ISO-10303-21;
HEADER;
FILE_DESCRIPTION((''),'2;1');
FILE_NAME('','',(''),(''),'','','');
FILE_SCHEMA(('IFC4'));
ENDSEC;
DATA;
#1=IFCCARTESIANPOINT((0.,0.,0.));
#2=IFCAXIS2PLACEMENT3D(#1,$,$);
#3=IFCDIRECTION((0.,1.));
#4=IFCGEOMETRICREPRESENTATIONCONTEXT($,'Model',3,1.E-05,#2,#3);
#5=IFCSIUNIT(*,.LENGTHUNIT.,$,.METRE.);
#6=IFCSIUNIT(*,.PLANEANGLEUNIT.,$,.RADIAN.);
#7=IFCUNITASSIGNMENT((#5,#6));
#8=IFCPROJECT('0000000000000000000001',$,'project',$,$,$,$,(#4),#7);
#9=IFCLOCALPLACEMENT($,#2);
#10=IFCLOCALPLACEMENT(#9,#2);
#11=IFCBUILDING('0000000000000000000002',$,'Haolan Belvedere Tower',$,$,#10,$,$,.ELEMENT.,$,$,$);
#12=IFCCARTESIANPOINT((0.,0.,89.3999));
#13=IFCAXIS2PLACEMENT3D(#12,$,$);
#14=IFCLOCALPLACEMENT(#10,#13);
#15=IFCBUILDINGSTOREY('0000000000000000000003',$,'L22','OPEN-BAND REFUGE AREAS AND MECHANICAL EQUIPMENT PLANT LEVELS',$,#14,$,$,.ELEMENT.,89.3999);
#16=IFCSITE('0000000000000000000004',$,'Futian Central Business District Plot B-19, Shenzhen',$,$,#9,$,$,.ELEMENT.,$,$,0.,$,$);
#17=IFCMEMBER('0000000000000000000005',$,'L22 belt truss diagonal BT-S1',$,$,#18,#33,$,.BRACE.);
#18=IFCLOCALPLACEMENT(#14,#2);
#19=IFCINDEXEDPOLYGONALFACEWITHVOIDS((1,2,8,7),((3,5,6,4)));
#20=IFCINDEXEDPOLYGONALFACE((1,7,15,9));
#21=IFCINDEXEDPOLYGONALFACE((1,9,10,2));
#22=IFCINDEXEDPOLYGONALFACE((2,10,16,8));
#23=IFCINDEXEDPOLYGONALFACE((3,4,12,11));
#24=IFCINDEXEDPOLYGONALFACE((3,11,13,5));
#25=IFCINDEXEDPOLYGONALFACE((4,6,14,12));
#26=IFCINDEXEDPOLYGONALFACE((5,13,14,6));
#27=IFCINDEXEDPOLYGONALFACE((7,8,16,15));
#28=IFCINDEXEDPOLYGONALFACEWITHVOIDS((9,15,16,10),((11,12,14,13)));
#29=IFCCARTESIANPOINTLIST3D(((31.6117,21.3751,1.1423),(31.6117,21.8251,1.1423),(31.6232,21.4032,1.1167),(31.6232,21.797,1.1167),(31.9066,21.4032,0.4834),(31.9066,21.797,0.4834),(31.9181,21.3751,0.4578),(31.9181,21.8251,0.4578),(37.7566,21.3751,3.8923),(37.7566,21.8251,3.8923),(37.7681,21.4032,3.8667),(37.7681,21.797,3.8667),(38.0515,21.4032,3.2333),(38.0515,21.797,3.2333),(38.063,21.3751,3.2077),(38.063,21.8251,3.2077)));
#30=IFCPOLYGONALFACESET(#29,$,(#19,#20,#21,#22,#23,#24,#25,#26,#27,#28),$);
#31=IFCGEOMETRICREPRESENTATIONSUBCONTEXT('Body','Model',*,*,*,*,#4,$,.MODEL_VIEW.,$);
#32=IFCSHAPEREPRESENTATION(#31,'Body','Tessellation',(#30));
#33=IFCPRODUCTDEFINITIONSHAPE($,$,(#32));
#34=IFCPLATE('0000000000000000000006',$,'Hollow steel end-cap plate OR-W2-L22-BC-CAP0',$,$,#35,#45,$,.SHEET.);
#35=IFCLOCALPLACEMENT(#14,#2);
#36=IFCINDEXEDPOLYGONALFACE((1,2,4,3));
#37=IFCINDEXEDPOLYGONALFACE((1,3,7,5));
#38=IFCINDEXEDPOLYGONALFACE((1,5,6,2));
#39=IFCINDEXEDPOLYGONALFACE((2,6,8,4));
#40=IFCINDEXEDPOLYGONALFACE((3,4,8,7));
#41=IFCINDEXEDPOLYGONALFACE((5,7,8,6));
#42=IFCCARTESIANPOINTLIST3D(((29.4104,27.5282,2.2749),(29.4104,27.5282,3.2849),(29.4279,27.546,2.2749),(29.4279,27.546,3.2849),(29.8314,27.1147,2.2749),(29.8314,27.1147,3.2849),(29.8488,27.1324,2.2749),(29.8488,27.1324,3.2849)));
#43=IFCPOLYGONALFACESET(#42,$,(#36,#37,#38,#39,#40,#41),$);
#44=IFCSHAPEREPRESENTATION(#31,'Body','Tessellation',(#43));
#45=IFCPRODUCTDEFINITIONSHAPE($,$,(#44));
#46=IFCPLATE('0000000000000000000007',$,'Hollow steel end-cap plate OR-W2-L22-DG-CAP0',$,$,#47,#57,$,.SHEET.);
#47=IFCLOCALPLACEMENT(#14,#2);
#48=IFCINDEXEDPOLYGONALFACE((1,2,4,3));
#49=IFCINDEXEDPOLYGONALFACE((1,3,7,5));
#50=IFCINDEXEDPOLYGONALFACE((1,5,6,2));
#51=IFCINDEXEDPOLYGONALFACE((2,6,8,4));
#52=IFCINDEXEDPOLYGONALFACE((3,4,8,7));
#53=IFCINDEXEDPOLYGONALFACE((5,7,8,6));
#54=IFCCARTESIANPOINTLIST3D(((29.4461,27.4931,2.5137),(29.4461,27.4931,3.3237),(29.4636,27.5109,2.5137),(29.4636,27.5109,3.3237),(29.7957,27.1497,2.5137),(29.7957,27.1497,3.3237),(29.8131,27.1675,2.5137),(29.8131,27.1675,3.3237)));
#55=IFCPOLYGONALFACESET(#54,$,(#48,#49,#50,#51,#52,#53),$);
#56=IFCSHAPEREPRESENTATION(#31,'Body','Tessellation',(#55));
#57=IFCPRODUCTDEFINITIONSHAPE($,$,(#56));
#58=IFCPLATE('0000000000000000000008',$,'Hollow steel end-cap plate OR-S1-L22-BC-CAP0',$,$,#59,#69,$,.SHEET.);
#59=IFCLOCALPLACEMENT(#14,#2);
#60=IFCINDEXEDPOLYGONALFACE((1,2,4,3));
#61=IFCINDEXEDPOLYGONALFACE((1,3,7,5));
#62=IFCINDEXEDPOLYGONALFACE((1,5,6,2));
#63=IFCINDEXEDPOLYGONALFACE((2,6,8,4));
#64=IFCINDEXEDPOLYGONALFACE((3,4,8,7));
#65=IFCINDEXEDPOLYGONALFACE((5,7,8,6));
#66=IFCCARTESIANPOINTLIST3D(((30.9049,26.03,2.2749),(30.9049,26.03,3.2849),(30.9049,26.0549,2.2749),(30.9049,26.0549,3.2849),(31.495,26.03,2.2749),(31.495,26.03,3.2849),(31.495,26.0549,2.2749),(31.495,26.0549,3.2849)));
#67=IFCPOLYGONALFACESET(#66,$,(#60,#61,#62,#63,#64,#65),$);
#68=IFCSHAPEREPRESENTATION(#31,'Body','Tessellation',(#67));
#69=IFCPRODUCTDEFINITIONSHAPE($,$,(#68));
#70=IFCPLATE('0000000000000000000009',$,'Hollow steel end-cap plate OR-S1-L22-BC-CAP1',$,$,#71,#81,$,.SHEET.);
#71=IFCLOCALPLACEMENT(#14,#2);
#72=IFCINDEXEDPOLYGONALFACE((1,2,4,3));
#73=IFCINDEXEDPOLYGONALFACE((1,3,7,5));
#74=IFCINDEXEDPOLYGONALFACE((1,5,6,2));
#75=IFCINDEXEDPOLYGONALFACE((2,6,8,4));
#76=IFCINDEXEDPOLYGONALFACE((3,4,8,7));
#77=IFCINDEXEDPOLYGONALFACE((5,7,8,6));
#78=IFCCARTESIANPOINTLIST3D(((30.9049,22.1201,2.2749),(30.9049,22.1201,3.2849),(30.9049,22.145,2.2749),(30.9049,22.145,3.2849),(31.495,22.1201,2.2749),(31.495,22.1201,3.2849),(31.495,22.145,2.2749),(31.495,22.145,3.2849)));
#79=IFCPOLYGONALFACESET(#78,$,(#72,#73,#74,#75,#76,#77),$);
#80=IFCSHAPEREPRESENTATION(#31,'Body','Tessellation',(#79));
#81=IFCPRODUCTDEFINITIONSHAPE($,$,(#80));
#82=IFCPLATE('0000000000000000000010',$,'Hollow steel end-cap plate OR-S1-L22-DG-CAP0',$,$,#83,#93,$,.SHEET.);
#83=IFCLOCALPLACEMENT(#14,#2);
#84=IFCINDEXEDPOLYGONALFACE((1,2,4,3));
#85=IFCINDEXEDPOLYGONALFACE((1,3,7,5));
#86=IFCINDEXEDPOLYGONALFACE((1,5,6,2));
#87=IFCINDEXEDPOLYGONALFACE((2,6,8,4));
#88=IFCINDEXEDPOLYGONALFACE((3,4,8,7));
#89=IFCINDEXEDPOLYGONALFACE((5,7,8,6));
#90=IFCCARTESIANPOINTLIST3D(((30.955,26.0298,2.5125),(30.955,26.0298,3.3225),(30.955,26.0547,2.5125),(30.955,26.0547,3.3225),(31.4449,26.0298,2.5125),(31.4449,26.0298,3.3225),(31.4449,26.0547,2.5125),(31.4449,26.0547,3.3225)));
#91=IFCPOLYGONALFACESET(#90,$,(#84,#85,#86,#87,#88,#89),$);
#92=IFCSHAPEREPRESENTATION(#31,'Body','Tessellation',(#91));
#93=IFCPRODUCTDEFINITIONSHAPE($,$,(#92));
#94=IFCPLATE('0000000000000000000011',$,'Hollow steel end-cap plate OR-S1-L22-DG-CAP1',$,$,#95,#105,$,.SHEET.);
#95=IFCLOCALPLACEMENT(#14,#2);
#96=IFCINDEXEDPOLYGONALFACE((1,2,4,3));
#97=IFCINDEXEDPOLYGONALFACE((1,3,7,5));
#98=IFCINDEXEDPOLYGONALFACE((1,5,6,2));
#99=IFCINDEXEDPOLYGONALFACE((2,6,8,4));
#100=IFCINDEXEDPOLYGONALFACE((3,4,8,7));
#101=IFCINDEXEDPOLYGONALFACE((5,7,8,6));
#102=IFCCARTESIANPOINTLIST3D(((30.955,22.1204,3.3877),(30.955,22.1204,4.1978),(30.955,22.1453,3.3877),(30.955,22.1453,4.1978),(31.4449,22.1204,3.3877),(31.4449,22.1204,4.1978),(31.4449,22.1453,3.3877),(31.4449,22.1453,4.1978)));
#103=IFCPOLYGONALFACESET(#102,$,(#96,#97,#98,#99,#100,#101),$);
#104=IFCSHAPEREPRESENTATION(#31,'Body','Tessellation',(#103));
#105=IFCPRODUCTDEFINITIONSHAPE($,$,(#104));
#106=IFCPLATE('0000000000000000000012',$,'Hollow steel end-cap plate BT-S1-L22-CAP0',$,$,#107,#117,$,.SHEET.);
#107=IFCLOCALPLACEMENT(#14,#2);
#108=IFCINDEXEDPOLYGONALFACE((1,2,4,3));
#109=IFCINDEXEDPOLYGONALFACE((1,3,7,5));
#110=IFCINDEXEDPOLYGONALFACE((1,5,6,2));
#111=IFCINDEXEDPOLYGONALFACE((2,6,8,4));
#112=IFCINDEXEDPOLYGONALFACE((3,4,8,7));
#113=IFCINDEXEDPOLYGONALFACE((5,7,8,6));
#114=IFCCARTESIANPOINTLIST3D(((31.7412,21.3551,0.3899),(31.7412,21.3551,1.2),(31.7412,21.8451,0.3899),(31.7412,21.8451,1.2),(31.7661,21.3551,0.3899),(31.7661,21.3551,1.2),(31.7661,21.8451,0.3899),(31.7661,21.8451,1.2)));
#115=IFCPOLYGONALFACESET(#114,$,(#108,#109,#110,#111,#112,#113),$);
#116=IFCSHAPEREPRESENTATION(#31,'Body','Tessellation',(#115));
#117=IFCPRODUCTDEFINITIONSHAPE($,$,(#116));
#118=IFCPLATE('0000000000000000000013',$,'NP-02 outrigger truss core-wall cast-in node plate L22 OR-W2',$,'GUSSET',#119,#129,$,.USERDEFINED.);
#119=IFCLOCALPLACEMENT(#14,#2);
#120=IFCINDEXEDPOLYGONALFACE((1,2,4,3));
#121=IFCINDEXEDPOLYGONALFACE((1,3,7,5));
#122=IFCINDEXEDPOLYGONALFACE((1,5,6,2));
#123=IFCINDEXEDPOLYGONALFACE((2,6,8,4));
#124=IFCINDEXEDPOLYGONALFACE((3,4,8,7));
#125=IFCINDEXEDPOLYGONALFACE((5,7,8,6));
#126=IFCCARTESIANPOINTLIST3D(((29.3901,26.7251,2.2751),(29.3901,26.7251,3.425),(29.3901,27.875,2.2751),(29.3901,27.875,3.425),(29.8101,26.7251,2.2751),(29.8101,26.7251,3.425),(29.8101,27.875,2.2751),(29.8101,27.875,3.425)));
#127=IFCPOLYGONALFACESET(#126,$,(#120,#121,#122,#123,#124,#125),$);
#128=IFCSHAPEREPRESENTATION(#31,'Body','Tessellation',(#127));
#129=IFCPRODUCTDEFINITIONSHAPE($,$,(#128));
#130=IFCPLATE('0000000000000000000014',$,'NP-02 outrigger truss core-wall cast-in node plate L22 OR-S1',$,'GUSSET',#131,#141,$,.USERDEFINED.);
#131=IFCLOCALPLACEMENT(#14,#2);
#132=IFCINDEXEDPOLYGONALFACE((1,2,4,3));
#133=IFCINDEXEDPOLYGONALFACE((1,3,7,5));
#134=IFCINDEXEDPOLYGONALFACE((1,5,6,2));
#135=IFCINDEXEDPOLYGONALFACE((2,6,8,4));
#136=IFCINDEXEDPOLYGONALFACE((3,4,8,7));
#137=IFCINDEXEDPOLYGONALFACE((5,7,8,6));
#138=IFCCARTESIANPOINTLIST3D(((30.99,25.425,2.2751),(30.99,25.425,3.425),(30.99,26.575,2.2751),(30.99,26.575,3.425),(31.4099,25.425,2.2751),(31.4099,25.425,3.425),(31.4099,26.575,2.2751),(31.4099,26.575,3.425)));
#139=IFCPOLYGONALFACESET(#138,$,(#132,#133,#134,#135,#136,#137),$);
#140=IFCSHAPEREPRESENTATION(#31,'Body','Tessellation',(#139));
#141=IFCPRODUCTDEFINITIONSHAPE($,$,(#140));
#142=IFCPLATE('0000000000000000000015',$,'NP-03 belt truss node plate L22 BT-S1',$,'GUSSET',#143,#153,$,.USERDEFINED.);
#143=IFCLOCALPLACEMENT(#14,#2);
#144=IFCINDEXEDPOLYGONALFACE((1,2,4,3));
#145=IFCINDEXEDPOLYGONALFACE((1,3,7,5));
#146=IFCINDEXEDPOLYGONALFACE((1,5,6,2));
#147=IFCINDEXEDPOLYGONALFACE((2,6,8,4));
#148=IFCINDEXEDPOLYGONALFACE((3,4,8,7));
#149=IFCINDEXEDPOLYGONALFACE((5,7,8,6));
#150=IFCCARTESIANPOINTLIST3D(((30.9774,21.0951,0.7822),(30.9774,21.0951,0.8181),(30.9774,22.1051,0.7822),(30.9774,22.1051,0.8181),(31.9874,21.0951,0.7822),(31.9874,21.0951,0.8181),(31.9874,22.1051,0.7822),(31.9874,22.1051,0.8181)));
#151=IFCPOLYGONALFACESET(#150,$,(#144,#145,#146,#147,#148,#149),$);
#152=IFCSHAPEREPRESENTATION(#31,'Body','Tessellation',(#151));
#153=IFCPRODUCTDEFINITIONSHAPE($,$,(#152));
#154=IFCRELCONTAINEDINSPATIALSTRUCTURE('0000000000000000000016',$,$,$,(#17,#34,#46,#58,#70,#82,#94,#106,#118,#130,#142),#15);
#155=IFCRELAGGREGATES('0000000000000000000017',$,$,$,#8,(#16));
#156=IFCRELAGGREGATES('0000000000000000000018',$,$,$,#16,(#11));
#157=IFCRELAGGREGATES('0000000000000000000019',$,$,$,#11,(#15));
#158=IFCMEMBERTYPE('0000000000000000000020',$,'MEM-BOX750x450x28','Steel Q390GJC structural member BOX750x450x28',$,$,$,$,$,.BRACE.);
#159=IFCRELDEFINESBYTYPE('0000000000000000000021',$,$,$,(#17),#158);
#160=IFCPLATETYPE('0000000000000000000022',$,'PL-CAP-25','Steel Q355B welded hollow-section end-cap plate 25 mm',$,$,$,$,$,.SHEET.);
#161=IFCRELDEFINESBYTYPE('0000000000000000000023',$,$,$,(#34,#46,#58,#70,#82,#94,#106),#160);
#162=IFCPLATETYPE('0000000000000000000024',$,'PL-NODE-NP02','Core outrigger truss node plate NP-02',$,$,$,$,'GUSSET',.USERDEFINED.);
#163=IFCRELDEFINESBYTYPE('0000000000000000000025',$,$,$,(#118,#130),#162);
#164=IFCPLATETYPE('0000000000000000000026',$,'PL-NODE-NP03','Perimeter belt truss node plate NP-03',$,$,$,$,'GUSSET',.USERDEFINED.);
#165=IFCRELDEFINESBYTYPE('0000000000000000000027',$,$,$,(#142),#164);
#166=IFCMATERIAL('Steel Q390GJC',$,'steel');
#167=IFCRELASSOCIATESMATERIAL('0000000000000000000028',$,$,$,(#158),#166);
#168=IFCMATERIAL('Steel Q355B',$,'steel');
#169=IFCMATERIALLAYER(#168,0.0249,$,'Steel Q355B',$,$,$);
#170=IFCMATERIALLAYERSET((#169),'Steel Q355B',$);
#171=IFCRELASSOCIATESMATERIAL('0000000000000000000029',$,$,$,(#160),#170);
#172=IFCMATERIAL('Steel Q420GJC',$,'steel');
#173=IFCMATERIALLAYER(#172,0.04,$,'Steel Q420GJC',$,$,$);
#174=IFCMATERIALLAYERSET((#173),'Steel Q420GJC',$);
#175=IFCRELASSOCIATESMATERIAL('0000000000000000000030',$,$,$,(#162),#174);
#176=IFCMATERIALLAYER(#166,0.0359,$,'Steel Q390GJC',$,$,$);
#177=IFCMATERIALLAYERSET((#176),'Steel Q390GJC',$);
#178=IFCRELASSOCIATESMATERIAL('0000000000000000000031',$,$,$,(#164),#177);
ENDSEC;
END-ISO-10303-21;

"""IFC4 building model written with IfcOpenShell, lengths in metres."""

from ifc_helpers import new_model, si_unit, direction, frame, origin, origin_2d, place, context, subcontext, project, spatial, rectangle, hollow_rectangle, extrude, material, layer, layer_set, material_profile, profile_set, type_object, element, save


model = new_model("IFC4")

# Units and contexts
model_context = context("Model", 3, precision=1e-05, world=origin(), true_north=direction((0.0, 1.0)))
body_context = subcontext(model_context, "Body", "Model", "MODEL_VIEW")
ifc_project = project(units=[si_unit("LENGTHUNIT", "METRE"), si_unit("PLANEANGLEUNIT", "RADIAN")], contexts=[model_context])

# Site, building, storey
site_placement = place(None, origin())
site = spatial("IfcSite", under=ifc_project, at=site_placement, Name="Futian Central Business District Plot B-19, Shenzhen", CompositionType="ELEMENT", RefElevation=0.0)
building_placement = place(site_placement, origin())
building = spatial("IfcBuilding", under=site, at=building_placement, Name="Haolan Belvedere Tower", CompositionType="ELEMENT")
storey_placement = place(building_placement, frame((0.0, 0.0, 89.3999)))
storey = spatial("IfcBuildingStorey", under=building, at=storey_placement, Name="L22", Description="OPEN-BAND REFUGE AREAS AND MECHANICAL EQUIPMENT PLANT LEVELS", CompositionType="ELEMENT", Elevation=89.3999)

# Shared definitions
ifc_material_1 = material(Name="Steel Q355B", Category="steel")

# Shared definitions
ifc_material_2 = material(Name="Steel Q420GJC", Category="steel")

# Member
ifc_material_3 = material(Name="Steel Q390GJC", Category="steel")
ifc_material_profile_1 = material_profile(ifc_material_3, hollow_rectangle(XDim=0.45, YDim=0.75, WallThickness=0.0281, at=origin_2d()), Name="Steel Q390GJC")
ifc_profile_set_1 = profile_set([ifc_material_profile_1], Name="Steel Q390GJC")
member_type = type_object("IfcMemberType", Name="MEM-BOX750x450x28", Description="Steel Q390GJC structural member BOX750x450x28", PredefinedType="BRACE", material=ifc_profile_set_1)
member_1_placement = place(storey_placement, frame((31.7649, 21.6001, 0.8), z_axis=(0.912768, 0.0, 0.408479), x_axis=(0.0, 1.0, 0.0)))
element("IfcMember", 1, at=member_1_placement, inside=storey, type_object=member_type, Name="L22 belt truss diagonal BT-S1", PredefinedType="BRACE", context=body_context, shape_type="SweptSolid", body=[
    extrude(hollow_rectangle(XDim=0.45, YDim=0.75, WallThickness=0.0281, at=origin_2d()), origin(), (0.0, 0.0, 1.0), 6.7322),
])

# Plates
ifc_layer_1 = layer(ifc_material_1, 0.0249, Name="Steel Q355B")
ifc_layer_set_1 = layer_set([ifc_layer_1], Name="Steel Q355B")
plate_type_1 = type_object("IfcPlateType", Name="PL-CAP-25", Description="Steel Q355B welded hollow-section end-cap plate 25 mm", PredefinedType="SHEET", material=ifc_layer_set_1)
plate_1_placement = place(storey_placement, frame((29.6296, 27.3303, 2.2749), z_axis=(0.0, 0.0, 1.0), x_axis=(-0.713336, 0.700822, 0.0)))
element("IfcPlate", 2, at=plate_1_placement, inside=storey, type_object=plate_type_1, Name="Hollow steel end-cap plate OR-W2-L22-BC-CAP0", PredefinedType="SHEET", context=body_context, shape_type="SweptSolid", body=[
    extrude(rectangle(XDim=0.5901, YDim=0.0249, at=origin_2d()), origin(), (0.0, 0.0, 1.0), 1.01),
])
plate_2_placement = place(storey_placement, frame((29.6296, 27.3303, 2.5137), z_axis=(0.0, 0.0, 1.0), x_axis=(-0.713336, 0.700822, 0.0)))
element("IfcPlate", 3, at=plate_2_placement, inside=storey, type_object=plate_type_1, Name="Hollow steel end-cap plate OR-W2-L22-DG-CAP0", PredefinedType="SHEET", context=body_context, shape_type="SweptSolid", body=[
    extrude(rectangle(XDim=0.49, YDim=0.0249, at=origin_2d()), origin(), (0.0, 0.0, 1.0), 0.8101),
])
for number, where, z_axis, x_axis, name in (
    (4, (31.2, 26.0425, 2.2749), (0.0, 0.0, 1.0), (-1.0, 0.0, 0.0), "Hollow steel end-cap plate OR-S1-L22-BC-CAP0"),
    (5, (31.2, 22.1326, 2.2749), (0.0, 0.0, 1.0), (1.0, 0.0, 0.0), "Hollow steel end-cap plate OR-S1-L22-BC-CAP1"),
):
    element("IfcPlate", number, at=place(storey_placement, frame(where, z_axis=z_axis, x_axis=x_axis)), inside=storey, type_object=plate_type_1, Name=name, PredefinedType="SHEET", context=body_context, shape_type="SweptSolid", body=[
        extrude(rectangle(XDim=0.5901, YDim=0.0249, at=origin_2d()), origin(), (0.0, 0.0, 1.0), 1.01),
    ])
for number, where, z_axis, x_axis, name in (
    (6, (31.2, 26.0422, 2.5125), (0.0, 0.0, 1.0), (-1.0, 0.0, 0.0), "Hollow steel end-cap plate OR-S1-L22-DG-CAP0"),
    (7, (31.2, 22.1328, 3.3877), (0.0, 0.0, 1.0), (1.0, 0.0, 0.0), "Hollow steel end-cap plate OR-S1-L22-DG-CAP1"),
    (8, (31.7537, 21.6001, 0.3899), (0.0, 0.0, 1.0), (0.0, -1.0, 0.0), "Hollow steel end-cap plate BT-S1-L22-CAP0"),
):
    element("IfcPlate", number, at=place(storey_placement, frame(where, z_axis=z_axis, x_axis=x_axis)), inside=storey, type_object=plate_type_1, Name=name, PredefinedType="SHEET", context=body_context, shape_type="SweptSolid", body=[
        extrude(rectangle(XDim=0.49, YDim=0.0249, at=origin_2d()), origin(), (0.0, 0.0, 1.0), 0.8101),
    ])
ifc_layer_2 = layer(ifc_material_2, 0.04, Name="Steel Q420GJC")
ifc_layer_set_2 = layer_set([ifc_layer_2], Name="Steel Q420GJC")
plate_type_2 = type_object("IfcPlateType", Name="PL-NODE-NP02", Description="Core outrigger truss node plate NP-02", ElementType="GUSSET", PredefinedType="USERDEFINED", material=ifc_layer_set_2)
for number, where, z_axis, x_axis, name in (
    (9, (29.6001, 27.3, 2.2751), (0.0, 0.0, 1.0), (1.0, 0.0, 0.0), "NP-02 outrigger truss core-wall cast-in node plate L22 OR-W2"),
    (10, (31.2, 26.0, 2.2751), (0.0, 0.0, 1.0), (1.0, 0.0, 0.0), "NP-02 outrigger truss core-wall cast-in node plate L22 OR-S1"),
):
    element("IfcPlate", number, at=place(storey_placement, frame(where, z_axis=z_axis, x_axis=x_axis)), inside=storey, type_object=plate_type_2, Name=name, ObjectType="GUSSET", PredefinedType="USERDEFINED", context=body_context, shape_type="SweptSolid", body=[
        extrude(rectangle(XDim=0.4199, YDim=1.1499, at=origin_2d()), origin(), (0.0, 0.0, 1.0), 1.1499),
    ])
ifc_layer_3 = layer(ifc_material_3, 0.0359, Name="Steel Q390GJC")
ifc_layer_set_3 = layer_set([ifc_layer_3], Name="Steel Q390GJC")
plate_type_3 = type_object("IfcPlateType", Name="PL-NODE-NP03", Description="Perimeter belt truss node plate NP-03", ElementType="GUSSET", PredefinedType="USERDEFINED", material=ifc_layer_set_3)
plate_3_placement = place(storey_placement, frame((31.4824, 21.6001, 0.7822), z_axis=(0.0, 0.0, 1.0), x_axis=(1.0, 0.0, 0.0)))
element("IfcPlate", 11, at=plate_3_placement, inside=storey, type_object=plate_type_3, Name="NP-03 belt truss node plate L22 BT-S1", ObjectType="GUSSET", PredefinedType="USERDEFINED", context=body_context, shape_type="SweptSolid", body=[
    extrude(rectangle(XDim=1.01, YDim=1.01, at=origin_2d()), origin(), (0.0, 0.0, 1.0), 0.0359),
])

save(model, "model.ifc")
